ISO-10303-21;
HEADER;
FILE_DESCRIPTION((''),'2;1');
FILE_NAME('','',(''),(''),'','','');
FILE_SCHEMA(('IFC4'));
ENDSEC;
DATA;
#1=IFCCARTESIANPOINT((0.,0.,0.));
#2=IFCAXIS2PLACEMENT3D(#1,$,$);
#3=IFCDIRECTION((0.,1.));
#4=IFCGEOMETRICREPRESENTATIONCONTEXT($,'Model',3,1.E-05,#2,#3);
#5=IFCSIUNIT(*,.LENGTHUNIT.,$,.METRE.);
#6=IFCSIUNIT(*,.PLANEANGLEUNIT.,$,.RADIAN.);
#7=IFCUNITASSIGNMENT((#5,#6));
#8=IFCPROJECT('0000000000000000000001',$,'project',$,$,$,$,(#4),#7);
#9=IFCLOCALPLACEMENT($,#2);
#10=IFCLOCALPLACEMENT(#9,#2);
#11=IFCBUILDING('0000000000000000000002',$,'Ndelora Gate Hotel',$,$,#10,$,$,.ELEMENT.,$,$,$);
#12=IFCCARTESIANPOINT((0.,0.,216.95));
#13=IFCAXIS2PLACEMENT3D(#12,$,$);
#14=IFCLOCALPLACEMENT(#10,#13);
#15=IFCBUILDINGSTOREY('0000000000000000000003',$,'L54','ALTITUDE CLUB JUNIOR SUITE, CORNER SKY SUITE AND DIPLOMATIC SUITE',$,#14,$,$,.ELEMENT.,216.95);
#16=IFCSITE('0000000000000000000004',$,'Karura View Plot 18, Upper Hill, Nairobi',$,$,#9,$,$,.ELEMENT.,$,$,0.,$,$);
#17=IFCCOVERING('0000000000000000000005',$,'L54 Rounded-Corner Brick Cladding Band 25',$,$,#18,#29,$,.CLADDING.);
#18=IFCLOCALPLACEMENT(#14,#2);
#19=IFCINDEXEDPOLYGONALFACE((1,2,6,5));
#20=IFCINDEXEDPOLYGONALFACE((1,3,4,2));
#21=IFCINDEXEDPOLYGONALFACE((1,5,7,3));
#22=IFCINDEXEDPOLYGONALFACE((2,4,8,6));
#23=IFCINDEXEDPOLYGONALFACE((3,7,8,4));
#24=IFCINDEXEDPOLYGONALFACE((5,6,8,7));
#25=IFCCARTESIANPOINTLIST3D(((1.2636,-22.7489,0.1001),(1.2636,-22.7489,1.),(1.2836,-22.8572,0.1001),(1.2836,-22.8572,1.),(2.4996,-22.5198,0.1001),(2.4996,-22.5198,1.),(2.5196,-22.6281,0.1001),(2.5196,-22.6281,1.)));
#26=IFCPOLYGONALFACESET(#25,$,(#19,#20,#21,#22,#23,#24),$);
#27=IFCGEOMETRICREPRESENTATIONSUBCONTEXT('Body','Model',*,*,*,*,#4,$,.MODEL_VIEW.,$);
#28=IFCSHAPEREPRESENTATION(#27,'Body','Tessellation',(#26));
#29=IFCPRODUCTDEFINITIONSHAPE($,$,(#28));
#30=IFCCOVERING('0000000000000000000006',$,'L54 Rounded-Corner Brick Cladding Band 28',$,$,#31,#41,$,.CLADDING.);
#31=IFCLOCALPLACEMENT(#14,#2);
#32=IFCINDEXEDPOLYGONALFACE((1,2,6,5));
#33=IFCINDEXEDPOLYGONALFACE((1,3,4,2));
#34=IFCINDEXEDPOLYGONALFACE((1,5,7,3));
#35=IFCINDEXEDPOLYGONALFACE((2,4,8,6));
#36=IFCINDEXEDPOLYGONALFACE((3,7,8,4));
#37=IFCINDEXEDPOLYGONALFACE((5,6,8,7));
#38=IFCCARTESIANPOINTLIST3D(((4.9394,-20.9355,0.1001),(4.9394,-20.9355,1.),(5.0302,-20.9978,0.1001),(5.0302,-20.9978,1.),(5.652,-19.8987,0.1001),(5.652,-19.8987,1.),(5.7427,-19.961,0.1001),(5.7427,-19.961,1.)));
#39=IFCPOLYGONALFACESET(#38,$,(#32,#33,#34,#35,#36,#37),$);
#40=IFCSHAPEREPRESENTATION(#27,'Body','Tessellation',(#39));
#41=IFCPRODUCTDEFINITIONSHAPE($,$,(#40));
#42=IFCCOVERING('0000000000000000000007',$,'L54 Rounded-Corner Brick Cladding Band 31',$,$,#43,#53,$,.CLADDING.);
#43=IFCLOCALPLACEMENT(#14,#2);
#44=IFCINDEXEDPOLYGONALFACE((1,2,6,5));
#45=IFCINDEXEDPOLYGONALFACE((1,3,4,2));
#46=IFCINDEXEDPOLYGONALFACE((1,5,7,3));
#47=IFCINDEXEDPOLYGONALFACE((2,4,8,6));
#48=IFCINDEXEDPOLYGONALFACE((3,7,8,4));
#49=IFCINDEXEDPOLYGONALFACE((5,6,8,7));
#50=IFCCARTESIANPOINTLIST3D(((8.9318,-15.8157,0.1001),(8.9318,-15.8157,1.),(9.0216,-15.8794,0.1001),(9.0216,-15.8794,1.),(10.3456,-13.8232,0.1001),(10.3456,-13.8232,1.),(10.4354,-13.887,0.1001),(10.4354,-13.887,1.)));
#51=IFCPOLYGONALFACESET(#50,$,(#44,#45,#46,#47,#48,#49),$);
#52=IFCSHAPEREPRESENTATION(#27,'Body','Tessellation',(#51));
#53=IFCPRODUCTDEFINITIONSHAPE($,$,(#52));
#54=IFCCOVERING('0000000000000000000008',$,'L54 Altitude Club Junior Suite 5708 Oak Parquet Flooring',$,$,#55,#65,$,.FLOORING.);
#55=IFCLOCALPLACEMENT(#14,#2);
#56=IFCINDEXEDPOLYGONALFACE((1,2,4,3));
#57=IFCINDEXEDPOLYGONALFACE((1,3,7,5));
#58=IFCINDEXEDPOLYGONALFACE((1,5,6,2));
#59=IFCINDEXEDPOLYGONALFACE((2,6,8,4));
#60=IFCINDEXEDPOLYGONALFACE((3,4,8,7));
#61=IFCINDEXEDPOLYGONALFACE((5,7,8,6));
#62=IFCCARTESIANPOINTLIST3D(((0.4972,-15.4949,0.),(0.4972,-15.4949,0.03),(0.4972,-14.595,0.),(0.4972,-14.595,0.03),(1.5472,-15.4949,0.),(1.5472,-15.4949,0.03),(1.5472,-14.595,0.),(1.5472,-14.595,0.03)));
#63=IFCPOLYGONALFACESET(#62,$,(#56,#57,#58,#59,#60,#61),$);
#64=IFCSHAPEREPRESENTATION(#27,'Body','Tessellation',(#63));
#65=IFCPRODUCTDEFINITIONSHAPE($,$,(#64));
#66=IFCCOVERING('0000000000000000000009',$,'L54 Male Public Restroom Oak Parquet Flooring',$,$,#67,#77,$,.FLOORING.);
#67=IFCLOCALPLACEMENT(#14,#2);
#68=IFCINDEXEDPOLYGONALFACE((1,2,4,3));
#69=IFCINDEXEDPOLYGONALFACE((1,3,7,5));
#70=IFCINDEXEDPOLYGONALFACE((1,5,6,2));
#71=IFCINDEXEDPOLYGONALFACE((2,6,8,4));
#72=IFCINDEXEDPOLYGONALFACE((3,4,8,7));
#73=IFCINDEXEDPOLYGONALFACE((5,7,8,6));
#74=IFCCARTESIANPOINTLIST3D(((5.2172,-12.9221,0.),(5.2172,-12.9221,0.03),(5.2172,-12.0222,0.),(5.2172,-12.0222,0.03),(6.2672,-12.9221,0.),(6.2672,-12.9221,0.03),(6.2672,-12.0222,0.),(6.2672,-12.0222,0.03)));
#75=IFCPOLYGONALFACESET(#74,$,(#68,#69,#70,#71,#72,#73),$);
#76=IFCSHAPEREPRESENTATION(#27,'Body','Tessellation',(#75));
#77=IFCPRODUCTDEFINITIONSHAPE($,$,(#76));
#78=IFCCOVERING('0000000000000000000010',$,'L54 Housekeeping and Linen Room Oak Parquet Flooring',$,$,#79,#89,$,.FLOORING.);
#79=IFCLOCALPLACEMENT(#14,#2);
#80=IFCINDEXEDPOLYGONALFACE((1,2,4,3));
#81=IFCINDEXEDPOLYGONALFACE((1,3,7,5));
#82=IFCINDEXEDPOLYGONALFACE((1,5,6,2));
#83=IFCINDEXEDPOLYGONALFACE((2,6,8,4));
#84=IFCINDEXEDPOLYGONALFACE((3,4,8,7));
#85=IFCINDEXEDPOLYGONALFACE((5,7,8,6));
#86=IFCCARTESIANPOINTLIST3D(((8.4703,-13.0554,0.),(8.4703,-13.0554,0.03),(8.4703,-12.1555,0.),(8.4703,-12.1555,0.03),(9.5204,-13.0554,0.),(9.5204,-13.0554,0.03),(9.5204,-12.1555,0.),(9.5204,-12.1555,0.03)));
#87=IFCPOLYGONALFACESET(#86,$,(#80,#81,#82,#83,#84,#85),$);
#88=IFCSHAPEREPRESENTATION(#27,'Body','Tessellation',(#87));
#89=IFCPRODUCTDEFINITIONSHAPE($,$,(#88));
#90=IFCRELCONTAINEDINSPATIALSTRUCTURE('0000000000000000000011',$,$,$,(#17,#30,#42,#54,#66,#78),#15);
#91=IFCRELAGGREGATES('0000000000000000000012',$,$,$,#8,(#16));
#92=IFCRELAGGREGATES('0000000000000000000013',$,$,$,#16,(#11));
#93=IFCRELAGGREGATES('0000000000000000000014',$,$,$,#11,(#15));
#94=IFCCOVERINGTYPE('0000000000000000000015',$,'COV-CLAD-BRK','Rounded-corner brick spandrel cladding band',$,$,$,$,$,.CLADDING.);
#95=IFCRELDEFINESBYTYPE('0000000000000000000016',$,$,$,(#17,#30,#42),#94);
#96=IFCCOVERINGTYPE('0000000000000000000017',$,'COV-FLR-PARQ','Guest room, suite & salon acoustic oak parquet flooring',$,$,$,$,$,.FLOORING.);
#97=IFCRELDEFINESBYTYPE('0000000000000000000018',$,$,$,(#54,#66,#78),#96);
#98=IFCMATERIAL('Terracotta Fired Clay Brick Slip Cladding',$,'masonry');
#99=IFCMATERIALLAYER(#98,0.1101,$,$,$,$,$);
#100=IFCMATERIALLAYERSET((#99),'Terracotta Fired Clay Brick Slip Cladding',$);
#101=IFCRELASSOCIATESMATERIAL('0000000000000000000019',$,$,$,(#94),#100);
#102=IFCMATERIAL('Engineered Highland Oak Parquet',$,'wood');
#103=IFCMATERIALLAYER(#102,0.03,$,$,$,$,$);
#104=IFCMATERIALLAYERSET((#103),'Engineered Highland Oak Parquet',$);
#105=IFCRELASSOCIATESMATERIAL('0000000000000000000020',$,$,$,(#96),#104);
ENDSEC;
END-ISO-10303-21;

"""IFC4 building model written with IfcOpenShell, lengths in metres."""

from ifc_helpers import new_model, si_unit, direction, frame, origin, origin_2d, place, context, subcontext, project, spatial, rectangle, extrude, material, layer, layer_set, type_object, element, save


model = new_model("IFC4")

# Units and contexts
model_context = context("Model", 3, precision=1e-05, world=origin(), true_north=direction((0.0, 1.0)))
body_context = subcontext(model_context, "Body", "Model", "MODEL_VIEW")
ifc_project = project(units=[si_unit("LENGTHUNIT", "METRE"), si_unit("PLANEANGLEUNIT", "RADIAN")], contexts=[model_context])

# Site, building, storey
site_placement = place(None, origin())
site = spatial("IfcSite", under=ifc_project, at=site_placement, Name="Karura View Plot 18, Upper Hill, Nairobi", CompositionType="ELEMENT", RefElevation=0.0)
building_placement = place(site_placement, origin())
building = spatial("IfcBuilding", under=site, at=building_placement, Name="Ndelora Gate Hotel", CompositionType="ELEMENT")
storey_placement = place(building_placement, frame((0.0, 0.0, 216.95)))
storey = spatial("IfcBuildingStorey", under=building, at=storey_placement, Name="L54", Description="ALTITUDE CLUB JUNIOR SUITE, CORNER SKY SUITE AND DIPLOMATIC SUITE", CompositionType="ELEMENT", Elevation=216.95)

# Coverings
ifc_material_1 = material(Name="Terracotta Fired Clay Brick Slip Cladding", Category="masonry")
ifc_layer_1 = layer(ifc_material_1, 0.1101)
ifc_layer_set_1 = layer_set([ifc_layer_1], Name="Terracotta Fired Clay Brick Slip Cladding")
covering_type_1 = type_object("IfcCoveringType", Name="COV-CLAD-BRK", Description="Rounded-corner brick spandrel cladding band", PredefinedType="CLADDING", material=ifc_layer_set_1)
covering_1_placement = place(storey_placement, frame((1.8916, -22.6885, 0.1001), z_axis=(0.0, 0.0, 1.0), x_axis=(0.983255, 0.182236, 0.0)))
element("IfcCovering", 1, at=covering_1_placement, inside=storey, type_object=covering_type_1, Name="L54 Rounded-Corner Brick Cladding Band 25", PredefinedType="CLADDING", context=body_context, shape_type="SweptSolid", body=[
    extrude(rectangle(XDim=1.2571, YDim=0.1101, at=origin_2d()), origin(), (0.0, 0.0, 1.0), 0.8999),
])
covering_2_placement = place(storey_placement, frame((5.3411, -20.4482, 0.1001), z_axis=(0.0, 0.0, 1.0), x_axis=(0.566406, 0.824126, 0.0)))
element("IfcCovering", 2, at=covering_2_placement, inside=storey, type_object=covering_type_1, Name="L54 Rounded-Corner Brick Cladding Band 28", PredefinedType="CLADDING", context=body_context, shape_type="SweptSolid", body=[
    extrude(rectangle(XDim=1.2581, YDim=0.1101, at=origin_2d()), origin(), (0.0, 0.0, 1.0), 0.8999),
])
covering_3_placement = place(storey_placement, frame((9.6836, -14.8513, 0.1001), z_axis=(0.0, 0.0, 1.0), x_axis=(0.578712, 0.815532, 0.0)))
element("IfcCovering", 3, at=covering_3_placement, inside=storey, type_object=covering_type_1, Name="L54 Rounded-Corner Brick Cladding Band 31", PredefinedType="CLADDING", context=body_context, shape_type="SweptSolid", body=[
    extrude(rectangle(XDim=2.4431, YDim=0.1101, at=origin_2d()), origin(), (0.0, 0.0, 1.0), 0.8999),
])
ifc_material_2 = material(Name="Engineered Highland Oak Parquet", Category="wood")
ifc_layer_2 = layer(ifc_material_2, 0.03)
ifc_layer_set_2 = layer_set([ifc_layer_2], Name="Engineered Highland Oak Parquet")
covering_type_2 = type_object("IfcCoveringType", Name="COV-FLR-PARQ", Description="Guest room, suite & salon acoustic oak parquet flooring", PredefinedType="FLOORING", material=ifc_layer_set_2)
for number, where, z_axis, x_axis, name in (
    (4, (1.0222, -15.0449, 0.0), (0.0, 0.0, 1.0), (1.0, 0.0, 0.0), "L54 Altitude Club Junior Suite 5708 Oak Parquet Flooring"),
    (5, (5.7422, -12.4722, 0.0), (0.0, 0.0, 1.0), (1.0, 0.0, 0.0), "L54 Male Public Restroom Oak Parquet Flooring"),
    (6, (8.9954, -12.6055, 0.0), (0.0, 0.0, 1.0), (1.0, 0.0, 0.0), "L54 Housekeeping and Linen Room Oak Parquet Flooring"),
):
    element("IfcCovering", number, at=place(storey_placement, frame(where, z_axis=z_axis, x_axis=x_axis)), inside=storey, type_object=covering_type_2, Name=name, PredefinedType="FLOORING", context=body_context, shape_type="SweptSolid", body=[
        extrude(rectangle(XDim=1.05, YDim=0.8999, at=origin_2d()), origin(), (0.0, 0.0, 1.0), 0.03),
    ])

save(model, "model.ifc")
